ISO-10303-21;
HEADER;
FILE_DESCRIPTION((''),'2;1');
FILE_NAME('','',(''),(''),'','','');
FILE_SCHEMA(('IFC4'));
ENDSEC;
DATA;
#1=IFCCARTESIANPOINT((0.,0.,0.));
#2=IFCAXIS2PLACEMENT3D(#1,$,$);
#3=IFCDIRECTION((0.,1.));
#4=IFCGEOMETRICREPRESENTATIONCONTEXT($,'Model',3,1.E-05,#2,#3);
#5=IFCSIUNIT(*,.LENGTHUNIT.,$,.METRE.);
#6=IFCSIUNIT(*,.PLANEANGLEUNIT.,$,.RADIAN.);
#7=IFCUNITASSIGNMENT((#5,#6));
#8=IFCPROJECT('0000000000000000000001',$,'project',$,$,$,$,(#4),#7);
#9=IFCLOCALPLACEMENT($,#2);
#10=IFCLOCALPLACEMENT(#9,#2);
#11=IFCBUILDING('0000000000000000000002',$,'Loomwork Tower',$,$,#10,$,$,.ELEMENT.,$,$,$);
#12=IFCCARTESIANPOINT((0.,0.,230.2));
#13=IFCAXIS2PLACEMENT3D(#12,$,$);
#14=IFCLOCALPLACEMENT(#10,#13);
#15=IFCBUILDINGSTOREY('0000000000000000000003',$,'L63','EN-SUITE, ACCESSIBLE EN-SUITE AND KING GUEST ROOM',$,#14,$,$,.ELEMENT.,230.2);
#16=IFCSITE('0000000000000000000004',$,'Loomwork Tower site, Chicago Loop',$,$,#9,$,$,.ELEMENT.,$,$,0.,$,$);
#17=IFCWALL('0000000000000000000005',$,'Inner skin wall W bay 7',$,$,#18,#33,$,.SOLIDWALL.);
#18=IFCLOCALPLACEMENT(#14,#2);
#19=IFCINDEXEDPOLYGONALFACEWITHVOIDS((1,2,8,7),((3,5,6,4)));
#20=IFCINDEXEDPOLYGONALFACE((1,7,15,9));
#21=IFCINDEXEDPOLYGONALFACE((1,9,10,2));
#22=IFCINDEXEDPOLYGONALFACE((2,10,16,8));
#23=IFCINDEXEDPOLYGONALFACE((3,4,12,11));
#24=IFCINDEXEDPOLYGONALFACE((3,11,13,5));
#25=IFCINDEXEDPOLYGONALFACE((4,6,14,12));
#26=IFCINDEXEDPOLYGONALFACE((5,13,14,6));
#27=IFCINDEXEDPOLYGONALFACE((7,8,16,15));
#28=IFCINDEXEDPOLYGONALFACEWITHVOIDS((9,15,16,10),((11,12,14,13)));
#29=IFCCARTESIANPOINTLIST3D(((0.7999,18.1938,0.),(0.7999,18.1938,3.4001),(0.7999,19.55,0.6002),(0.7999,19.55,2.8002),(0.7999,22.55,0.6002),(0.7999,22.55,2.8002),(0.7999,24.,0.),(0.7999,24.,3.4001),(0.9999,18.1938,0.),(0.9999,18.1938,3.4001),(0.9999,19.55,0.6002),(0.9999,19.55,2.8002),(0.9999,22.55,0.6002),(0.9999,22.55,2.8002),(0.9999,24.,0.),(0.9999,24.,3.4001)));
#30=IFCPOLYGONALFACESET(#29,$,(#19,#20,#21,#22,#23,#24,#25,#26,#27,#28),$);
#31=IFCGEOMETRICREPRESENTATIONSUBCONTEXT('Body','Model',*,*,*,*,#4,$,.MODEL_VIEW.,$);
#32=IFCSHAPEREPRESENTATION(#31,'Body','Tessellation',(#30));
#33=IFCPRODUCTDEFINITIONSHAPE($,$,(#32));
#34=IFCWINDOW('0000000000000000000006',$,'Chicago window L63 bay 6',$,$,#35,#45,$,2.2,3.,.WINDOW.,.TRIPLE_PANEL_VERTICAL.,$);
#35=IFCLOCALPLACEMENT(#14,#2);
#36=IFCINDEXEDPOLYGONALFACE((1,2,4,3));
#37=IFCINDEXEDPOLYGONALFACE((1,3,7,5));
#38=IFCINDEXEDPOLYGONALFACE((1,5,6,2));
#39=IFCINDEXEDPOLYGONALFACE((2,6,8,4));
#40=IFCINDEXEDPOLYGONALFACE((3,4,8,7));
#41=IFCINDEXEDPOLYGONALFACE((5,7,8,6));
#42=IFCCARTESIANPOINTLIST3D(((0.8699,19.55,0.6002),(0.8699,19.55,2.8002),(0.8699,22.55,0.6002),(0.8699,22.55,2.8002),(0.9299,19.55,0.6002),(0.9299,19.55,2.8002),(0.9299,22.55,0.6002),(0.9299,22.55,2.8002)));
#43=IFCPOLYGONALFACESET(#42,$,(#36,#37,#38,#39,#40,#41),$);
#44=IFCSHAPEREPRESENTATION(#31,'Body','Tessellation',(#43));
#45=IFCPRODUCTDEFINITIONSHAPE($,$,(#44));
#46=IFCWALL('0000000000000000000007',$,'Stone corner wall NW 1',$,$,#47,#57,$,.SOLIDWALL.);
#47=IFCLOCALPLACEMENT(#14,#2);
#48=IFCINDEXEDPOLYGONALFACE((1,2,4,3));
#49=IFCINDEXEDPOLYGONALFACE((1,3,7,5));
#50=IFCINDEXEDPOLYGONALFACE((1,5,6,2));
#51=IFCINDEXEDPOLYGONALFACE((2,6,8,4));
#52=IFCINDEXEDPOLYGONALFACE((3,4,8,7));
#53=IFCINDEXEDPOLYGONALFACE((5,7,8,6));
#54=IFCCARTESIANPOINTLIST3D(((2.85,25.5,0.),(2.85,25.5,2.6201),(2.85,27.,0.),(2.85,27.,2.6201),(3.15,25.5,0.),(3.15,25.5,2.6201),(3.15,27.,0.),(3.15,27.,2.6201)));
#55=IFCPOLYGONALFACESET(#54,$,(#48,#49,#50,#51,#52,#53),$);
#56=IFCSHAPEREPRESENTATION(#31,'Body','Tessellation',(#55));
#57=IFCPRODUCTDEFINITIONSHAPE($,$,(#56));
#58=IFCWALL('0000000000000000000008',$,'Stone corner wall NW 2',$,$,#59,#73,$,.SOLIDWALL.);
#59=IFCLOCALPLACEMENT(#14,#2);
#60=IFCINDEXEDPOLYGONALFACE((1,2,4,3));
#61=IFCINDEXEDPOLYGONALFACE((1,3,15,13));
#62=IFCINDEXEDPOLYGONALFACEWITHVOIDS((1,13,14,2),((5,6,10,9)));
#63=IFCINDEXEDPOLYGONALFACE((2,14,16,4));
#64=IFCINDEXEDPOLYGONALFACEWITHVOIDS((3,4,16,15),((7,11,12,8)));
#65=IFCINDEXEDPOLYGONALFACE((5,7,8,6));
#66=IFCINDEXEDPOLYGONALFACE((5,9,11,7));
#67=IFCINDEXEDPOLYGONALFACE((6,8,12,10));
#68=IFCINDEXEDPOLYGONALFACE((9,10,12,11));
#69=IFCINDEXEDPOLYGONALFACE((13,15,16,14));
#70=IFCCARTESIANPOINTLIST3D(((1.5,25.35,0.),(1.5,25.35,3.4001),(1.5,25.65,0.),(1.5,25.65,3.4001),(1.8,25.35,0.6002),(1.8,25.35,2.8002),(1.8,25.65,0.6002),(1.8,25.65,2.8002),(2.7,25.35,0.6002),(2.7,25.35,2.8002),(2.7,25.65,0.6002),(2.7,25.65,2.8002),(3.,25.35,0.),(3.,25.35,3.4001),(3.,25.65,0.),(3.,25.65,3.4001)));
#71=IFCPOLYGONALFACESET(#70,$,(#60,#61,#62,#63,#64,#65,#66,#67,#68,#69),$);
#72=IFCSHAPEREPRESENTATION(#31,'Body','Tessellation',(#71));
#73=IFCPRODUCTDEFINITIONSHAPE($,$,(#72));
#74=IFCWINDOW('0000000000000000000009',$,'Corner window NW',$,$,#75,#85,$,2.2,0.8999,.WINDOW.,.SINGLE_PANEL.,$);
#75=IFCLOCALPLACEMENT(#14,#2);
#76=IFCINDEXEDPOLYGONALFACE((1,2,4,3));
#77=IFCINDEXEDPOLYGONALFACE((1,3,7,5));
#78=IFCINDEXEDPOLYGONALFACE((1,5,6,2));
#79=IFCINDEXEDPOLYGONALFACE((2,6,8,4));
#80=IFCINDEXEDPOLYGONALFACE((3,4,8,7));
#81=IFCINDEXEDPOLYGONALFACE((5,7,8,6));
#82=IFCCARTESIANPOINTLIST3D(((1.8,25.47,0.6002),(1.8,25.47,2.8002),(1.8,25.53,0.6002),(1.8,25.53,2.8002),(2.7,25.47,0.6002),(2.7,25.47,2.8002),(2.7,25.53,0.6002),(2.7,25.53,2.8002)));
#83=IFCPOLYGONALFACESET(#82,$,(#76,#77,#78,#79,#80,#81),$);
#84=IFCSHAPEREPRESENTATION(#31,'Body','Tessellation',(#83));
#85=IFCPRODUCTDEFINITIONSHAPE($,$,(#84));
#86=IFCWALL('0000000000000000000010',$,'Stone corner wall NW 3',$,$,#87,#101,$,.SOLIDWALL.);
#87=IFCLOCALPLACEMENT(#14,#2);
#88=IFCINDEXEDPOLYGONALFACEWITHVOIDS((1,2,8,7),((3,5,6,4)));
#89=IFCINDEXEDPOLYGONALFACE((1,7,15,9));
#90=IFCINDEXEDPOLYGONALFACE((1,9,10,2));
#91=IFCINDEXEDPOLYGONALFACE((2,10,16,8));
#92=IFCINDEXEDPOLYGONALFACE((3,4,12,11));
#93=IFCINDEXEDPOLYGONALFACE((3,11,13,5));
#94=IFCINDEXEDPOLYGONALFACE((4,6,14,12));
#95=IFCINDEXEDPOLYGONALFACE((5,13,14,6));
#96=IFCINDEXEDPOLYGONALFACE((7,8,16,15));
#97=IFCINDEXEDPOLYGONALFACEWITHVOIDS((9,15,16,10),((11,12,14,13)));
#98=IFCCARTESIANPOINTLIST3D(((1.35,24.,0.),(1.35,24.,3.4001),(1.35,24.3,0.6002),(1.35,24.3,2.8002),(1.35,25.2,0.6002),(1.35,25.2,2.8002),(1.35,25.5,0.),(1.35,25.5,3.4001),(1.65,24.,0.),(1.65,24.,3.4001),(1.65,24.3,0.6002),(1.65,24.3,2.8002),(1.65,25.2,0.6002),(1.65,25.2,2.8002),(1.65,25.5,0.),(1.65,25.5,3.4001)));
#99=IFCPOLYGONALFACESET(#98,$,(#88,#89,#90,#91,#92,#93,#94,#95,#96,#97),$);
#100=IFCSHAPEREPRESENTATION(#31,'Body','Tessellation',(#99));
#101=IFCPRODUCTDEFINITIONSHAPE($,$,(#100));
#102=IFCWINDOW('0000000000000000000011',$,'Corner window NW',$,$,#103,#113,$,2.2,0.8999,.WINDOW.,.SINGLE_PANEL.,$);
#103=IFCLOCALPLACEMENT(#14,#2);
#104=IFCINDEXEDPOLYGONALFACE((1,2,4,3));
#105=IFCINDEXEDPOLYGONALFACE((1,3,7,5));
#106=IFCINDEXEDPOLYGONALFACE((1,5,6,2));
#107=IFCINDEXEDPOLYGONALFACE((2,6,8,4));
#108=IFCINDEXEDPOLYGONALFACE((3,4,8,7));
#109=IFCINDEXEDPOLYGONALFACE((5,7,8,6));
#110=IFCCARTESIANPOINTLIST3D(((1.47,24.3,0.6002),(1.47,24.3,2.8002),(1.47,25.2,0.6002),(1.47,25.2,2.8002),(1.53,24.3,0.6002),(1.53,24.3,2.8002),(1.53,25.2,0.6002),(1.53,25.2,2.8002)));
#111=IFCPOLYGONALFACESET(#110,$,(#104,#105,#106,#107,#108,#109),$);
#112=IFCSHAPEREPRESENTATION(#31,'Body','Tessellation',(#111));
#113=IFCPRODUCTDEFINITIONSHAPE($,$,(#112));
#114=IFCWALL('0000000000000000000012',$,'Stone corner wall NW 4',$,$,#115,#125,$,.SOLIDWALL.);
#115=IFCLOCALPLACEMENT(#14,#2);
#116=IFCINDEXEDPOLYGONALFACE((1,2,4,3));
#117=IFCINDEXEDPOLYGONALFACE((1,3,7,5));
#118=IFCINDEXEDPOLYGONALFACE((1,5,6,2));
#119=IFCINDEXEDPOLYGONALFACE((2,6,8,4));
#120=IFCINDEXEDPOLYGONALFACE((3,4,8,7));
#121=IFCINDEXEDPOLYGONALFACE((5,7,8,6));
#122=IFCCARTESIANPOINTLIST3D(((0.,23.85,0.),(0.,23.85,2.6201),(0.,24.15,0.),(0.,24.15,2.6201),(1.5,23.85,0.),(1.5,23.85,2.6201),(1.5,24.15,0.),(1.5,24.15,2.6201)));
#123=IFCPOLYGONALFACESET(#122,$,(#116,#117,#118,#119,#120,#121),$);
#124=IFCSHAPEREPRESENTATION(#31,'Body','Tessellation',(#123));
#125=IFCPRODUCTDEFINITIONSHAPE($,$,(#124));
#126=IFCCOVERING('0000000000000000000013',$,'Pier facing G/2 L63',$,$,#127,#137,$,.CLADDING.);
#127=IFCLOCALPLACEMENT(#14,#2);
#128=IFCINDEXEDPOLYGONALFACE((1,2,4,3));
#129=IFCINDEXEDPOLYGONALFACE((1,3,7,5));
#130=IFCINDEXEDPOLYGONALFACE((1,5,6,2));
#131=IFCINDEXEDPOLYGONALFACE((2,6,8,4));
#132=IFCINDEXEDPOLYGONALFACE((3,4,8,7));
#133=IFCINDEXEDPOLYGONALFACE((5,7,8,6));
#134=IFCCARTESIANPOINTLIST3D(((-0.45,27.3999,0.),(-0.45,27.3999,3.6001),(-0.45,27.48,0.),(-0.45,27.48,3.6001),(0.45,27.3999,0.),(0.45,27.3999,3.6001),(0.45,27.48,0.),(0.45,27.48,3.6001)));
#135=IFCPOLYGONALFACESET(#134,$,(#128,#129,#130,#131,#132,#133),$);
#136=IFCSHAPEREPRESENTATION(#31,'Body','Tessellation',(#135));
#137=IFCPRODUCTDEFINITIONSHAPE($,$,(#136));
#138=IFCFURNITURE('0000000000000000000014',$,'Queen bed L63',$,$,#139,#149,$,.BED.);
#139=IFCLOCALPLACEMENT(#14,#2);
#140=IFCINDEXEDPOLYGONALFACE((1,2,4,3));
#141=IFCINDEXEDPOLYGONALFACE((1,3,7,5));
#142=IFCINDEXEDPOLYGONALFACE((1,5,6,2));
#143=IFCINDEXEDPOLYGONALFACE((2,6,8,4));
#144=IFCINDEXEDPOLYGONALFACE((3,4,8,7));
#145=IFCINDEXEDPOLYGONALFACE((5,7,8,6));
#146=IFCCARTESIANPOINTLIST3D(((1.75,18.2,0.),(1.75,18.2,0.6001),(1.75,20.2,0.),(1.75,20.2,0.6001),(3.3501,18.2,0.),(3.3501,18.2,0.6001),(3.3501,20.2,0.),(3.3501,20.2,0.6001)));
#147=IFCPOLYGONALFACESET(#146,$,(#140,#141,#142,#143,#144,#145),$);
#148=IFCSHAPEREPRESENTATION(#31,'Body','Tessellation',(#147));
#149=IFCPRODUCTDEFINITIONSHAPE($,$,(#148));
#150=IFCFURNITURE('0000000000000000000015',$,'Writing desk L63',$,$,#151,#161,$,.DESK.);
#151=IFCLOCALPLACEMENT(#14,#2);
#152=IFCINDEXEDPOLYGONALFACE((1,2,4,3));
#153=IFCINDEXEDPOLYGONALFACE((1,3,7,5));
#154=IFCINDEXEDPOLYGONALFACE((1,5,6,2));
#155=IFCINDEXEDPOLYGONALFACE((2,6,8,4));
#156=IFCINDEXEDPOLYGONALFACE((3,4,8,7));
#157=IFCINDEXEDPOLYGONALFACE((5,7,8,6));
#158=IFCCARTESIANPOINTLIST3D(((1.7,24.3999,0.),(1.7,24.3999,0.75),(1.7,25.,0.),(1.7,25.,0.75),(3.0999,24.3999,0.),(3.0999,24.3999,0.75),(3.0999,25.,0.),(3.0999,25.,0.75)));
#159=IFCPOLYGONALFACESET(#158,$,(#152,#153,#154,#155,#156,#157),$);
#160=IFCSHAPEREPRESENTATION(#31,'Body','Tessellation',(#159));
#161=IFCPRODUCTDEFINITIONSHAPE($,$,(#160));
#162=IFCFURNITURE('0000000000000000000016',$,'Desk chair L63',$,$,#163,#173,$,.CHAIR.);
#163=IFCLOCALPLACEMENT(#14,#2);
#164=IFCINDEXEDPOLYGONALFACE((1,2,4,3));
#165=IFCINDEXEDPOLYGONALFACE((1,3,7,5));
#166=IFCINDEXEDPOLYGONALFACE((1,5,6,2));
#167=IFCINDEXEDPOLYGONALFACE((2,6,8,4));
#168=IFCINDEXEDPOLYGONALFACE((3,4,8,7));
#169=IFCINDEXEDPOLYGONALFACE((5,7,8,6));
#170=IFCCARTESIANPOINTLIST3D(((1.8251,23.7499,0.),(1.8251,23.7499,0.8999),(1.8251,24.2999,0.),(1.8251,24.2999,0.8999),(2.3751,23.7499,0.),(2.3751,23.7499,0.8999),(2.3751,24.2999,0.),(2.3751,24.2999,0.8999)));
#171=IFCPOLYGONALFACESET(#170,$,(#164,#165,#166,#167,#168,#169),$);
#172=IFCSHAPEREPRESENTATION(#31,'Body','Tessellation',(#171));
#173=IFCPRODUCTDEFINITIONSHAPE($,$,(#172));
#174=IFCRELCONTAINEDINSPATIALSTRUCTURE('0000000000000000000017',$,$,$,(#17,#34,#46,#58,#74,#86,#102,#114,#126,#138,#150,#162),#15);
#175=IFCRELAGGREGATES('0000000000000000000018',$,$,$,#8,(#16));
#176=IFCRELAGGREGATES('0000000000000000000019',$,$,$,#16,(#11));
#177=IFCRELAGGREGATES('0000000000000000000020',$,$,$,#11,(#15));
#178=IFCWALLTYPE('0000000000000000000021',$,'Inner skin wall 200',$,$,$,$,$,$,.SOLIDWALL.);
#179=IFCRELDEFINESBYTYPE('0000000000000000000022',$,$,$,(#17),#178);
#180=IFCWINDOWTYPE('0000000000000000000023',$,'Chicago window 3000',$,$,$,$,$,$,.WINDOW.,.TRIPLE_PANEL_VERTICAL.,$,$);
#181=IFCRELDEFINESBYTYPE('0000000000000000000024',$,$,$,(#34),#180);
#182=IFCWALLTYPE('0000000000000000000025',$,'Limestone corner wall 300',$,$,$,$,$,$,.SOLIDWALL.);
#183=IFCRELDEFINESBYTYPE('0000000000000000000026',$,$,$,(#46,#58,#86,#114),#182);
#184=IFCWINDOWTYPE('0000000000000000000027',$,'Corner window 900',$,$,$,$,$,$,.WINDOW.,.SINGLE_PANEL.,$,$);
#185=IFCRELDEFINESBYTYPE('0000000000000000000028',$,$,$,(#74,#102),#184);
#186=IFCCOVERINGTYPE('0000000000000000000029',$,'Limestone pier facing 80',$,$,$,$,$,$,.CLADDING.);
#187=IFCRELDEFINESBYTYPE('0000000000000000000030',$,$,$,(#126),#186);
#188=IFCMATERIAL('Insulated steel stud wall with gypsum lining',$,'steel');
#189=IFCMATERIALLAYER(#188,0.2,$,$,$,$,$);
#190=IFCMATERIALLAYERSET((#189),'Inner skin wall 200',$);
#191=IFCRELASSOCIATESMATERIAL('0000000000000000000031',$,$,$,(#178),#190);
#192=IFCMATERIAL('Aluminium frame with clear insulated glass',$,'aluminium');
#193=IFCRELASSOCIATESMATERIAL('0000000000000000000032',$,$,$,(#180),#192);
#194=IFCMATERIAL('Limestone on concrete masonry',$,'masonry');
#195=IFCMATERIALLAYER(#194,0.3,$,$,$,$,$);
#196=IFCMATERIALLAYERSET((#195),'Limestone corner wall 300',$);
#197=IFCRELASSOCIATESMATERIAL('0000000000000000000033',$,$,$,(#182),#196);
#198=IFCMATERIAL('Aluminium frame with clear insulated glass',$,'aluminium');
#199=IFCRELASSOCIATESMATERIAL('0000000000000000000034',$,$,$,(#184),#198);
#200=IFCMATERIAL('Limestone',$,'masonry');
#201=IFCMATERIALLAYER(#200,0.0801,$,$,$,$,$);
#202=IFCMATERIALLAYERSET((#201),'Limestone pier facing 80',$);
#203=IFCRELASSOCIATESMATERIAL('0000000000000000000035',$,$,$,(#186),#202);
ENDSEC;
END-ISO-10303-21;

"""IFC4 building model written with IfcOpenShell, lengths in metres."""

from ifc_helpers import new_model, si_unit, direction, frame, frame_2d, origin, origin_2d, place, context, subcontext, project, spatial, rectangle, extrude, material, layer, layer_set, type_object, element, fill, save


model = new_model("IFC4")

# Units and contexts
model_context = context("Model", 3, precision=1e-05, world=origin(), true_north=direction((0.0, 1.0)))
body_context = subcontext(model_context, "Body", "Model", "MODEL_VIEW")
ifc_project = project(units=[si_unit("LENGTHUNIT", "METRE"), si_unit("PLANEANGLEUNIT", "RADIAN")], contexts=[model_context])

# Site, building, storey
site_placement = place(None, origin())
site = spatial("IfcSite", under=ifc_project, at=site_placement, Name="Loomwork Tower site, Chicago Loop", CompositionType="ELEMENT", RefElevation=0.0)
building_placement = place(site_placement, origin())
building = spatial("IfcBuilding", under=site, at=building_placement, Name="Loomwork Tower", CompositionType="ELEMENT")
storey_placement = place(building_placement, frame((0.0, 0.0, 230.2)))
storey = spatial("IfcBuildingStorey", under=building, at=storey_placement, Name="L63", Description="EN-SUITE, ACCESSIBLE EN-SUITE AND KING GUEST ROOM", CompositionType="ELEMENT", Elevation=230.2)

# Wall, opening, window
ifc_material_1 = material(Name="Insulated steel stud wall with gypsum lining", Category="steel")
ifc_layer_1 = layer(ifc_material_1, 0.2)
ifc_layer_set_1 = layer_set([ifc_layer_1], Name="Inner skin wall 200")
wall_type_1 = type_object("IfcWallType", Name="Inner skin wall 200", PredefinedType="SOLIDWALL", material=ifc_layer_set_1)
wall_1_placement = place(storey_placement, frame((0.8999, 18.1938, 0.0), z_axis=(0.0, 0.0, 1.0), x_axis=(0.0, 1.0, 0.0)))
wall_1 = element("IfcWall", 1, at=wall_1_placement, inside=storey, type_object=wall_type_1, Name="Inner skin wall W bay 7", PredefinedType="SOLIDWALL", context=body_context, shape_type="SweptSolid", body=[
    extrude(rectangle(XDim=5.8062, YDim=0.2, at=frame_2d((2.9031, 0.0))), origin(), (0.0, 0.0, 1.0), 3.4001),
])
opening_1_placement = place(wall_1_placement, frame((1.3562, 0.0, 0.6001)))
opening_1 = element("IfcOpeningElement", 2, at=opening_1_placement, cuts=wall_1, PredefinedType="OPENING", context=body_context, shape_type="SweptSolid", body=[
    extrude(rectangle(XDim=3.0, YDim=2.2, at=frame_2d((1.5, 1.1001))), frame((0.0, 0.1099, 0.0), z_axis=(0.0, -1.0, 0.0), x_axis=(1.0, 0.0, 0.0)), (0.0, 0.0, 1.0), 0.22),
])
ifc_material_2 = material(Name="Aluminium frame with clear insulated glass", Category="aluminium")
window_type_1 = type_object("IfcWindowType", Name="Chicago window 3000", PartitioningType="TRIPLE_PANEL_VERTICAL", PredefinedType="WINDOW", material=ifc_material_2)
window_1_placement = place(opening_1_placement, origin())
window_1 = element("IfcWindow", 3, at=window_1_placement, inside=storey, type_object=window_type_1, Name="Chicago window L63 bay 6", OverallHeight=2.2, OverallWidth=3.0, PartitioningType="TRIPLE_PANEL_VERTICAL", PredefinedType="WINDOW", context=body_context, shape_type="SweptSolid", body=[
    extrude(rectangle(XDim=3.0, YDim=2.2, at=frame_2d((1.5, 1.1001))), frame((0.0, 0.03, 0.0), z_axis=(0.0, -1.0, 0.0), x_axis=(1.0, 0.0, 0.0)), (0.0, 0.0, 1.0), 0.0601),
])
fill(opening_1, window_1)

# Wall
ifc_material_3 = material(Name="Limestone on concrete masonry", Category="masonry")
ifc_layer_2 = layer(ifc_material_3, 0.3)
ifc_layer_set_2 = layer_set([ifc_layer_2], Name="Limestone corner wall 300")
wall_type_2 = type_object("IfcWallType", Name="Limestone corner wall 300", PredefinedType="SOLIDWALL", material=ifc_layer_set_2)
wall_2_placement = place(storey_placement, frame((3.0, 27.0, 0.0), z_axis=(0.0, 0.0, 1.0), x_axis=(0.0, -1.0, 0.0)))
element("IfcWall", 4, at=wall_2_placement, inside=storey, type_object=wall_type_2, Name="Stone corner wall NW 1", PredefinedType="SOLIDWALL", context=body_context, shape_type="SweptSolid", body=[
    extrude(rectangle(XDim=1.5, YDim=0.3, at=frame_2d((0.75, 0.0))), origin(), (0.0, 0.0, 1.0), 2.6201),
])

# Walls, openings, windows
wall_3_placement = place(storey_placement, frame((3.0, 25.5, 0.0), z_axis=(0.0, 0.0, 1.0), x_axis=(-1.0, 0.0, 0.0)))
wall_3 = element("IfcWall", 5, at=wall_3_placement, inside=storey, type_object=wall_type_2, Name="Stone corner wall NW 2", PredefinedType="SOLIDWALL", context=body_context, shape_type="SweptSolid", body=[
    extrude(rectangle(XDim=1.5, YDim=0.3, at=frame_2d((0.75, 0.0))), origin(), (0.0, 0.0, 1.0), 3.4001),
])
opening_2_placement = place(wall_3_placement, frame((0.3, 0.0, 0.6001)))
opening_2 = element("IfcOpeningElement", 6, at=opening_2_placement, cuts=wall_3, PredefinedType="OPENING", context=body_context, shape_type="SweptSolid", body=[
    extrude(rectangle(XDim=0.8999, YDim=2.2, at=frame_2d((0.45, 1.1001))), frame((0.0, 0.1599, 0.0), z_axis=(0.0, -1.0, 0.0), x_axis=(1.0, 0.0, 0.0)), (0.0, 0.0, 1.0), 0.3201),
])
ifc_material_4 = material(Name="Aluminium frame with clear insulated glass", Category="aluminium")
window_type_2 = type_object("IfcWindowType", Name="Corner window 900", PartitioningType="SINGLE_PANEL", PredefinedType="WINDOW", material=ifc_material_4)
window_2_placement = place(opening_2_placement, origin())
window_2 = element("IfcWindow", 7, at=window_2_placement, inside=storey, type_object=window_type_2, Name="Corner window NW", OverallHeight=2.2, OverallWidth=0.8999, PartitioningType="SINGLE_PANEL", PredefinedType="WINDOW", context=body_context, shape_type="SweptSolid", body=[
    extrude(rectangle(XDim=0.8999, YDim=2.2, at=frame_2d((0.45, 1.1001))), frame((0.0, 0.03, 0.0), z_axis=(0.0, -1.0, 0.0), x_axis=(1.0, 0.0, 0.0)), (0.0, 0.0, 1.0), 0.0601),
])
fill(opening_2, window_2)
wall_4_placement = place(storey_placement, frame((1.5, 25.5, 0.0), z_axis=(0.0, 0.0, 1.0), x_axis=(0.0, -1.0, 0.0)))
wall_4 = element("IfcWall", 8, at=wall_4_placement, inside=storey, type_object=wall_type_2, Name="Stone corner wall NW 3", PredefinedType="SOLIDWALL", context=body_context, shape_type="SweptSolid", body=[
    extrude(rectangle(XDim=1.5, YDim=0.3, at=frame_2d((0.75, 0.0))), origin(), (0.0, 0.0, 1.0), 3.4001),
])
opening_3_placement = place(wall_4_placement, frame((0.3, 0.0, 0.6001)))
opening_3 = element("IfcOpeningElement", 9, at=opening_3_placement, cuts=wall_4, PredefinedType="OPENING", context=body_context, shape_type="SweptSolid", body=[
    extrude(rectangle(XDim=0.8999, YDim=2.2, at=frame_2d((0.45, 1.1001))), frame((0.0, 0.1599, 0.0), z_axis=(0.0, -1.0, 0.0), x_axis=(1.0, 0.0, 0.0)), (0.0, 0.0, 1.0), 0.3201),
])
window_3_placement = place(opening_3_placement, origin())
window_3 = element("IfcWindow", 10, at=window_3_placement, inside=storey, type_object=window_type_2, Name="Corner window NW", OverallHeight=2.2, OverallWidth=0.8999, PartitioningType="SINGLE_PANEL", PredefinedType="WINDOW", context=body_context, shape_type="SweptSolid", body=[
    extrude(rectangle(XDim=0.8999, YDim=2.2, at=frame_2d((0.45, 1.1001))), frame((0.0, 0.03, 0.0), z_axis=(0.0, -1.0, 0.0), x_axis=(1.0, 0.0, 0.0)), (0.0, 0.0, 1.0), 0.0601),
])
fill(opening_3, window_3)

# Wall
wall_5_placement = place(storey_placement, frame((1.5, 24.0, 0.0), z_axis=(0.0, 0.0, 1.0), x_axis=(-1.0, 0.0, 0.0)))
element("IfcWall", 11, at=wall_5_placement, inside=storey, type_object=wall_type_2, Name="Stone corner wall NW 4", PredefinedType="SOLIDWALL", context=body_context, shape_type="SweptSolid", body=[
    extrude(rectangle(XDim=1.5, YDim=0.3, at=frame_2d((0.75, 0.0))), origin(), (0.0, 0.0, 1.0), 2.6201),
])

# Covering
ifc_material_5 = material(Name="Limestone", Category="masonry")
ifc_layer_3 = layer(ifc_material_5, 0.0801)
ifc_layer_set_3 = layer_set([ifc_layer_3], Name="Limestone pier facing 80")
covering_type = type_object("IfcCoveringType", Name="Limestone pier facing 80", PredefinedType="CLADDING", material=ifc_layer_set_3)
covering_placement = place(storey_placement, frame((0.0, 27.4399, 0.0), z_axis=(0.0, 0.0, 1.0), x_axis=(1.0, 0.0, 0.0)))
element("IfcCovering", 12, at=covering_placement, inside=storey, type_object=covering_type, Name="Pier facing G/2 L63", PredefinedType="CLADDING", context=body_context, shape_type="SweptSolid", body=[
    extrude(rectangle(XDim=0.8999, YDim=0.0801, at=origin_2d()), origin(), (0.0, 0.0, 1.0), 3.6001),
])

# Furniture
furniture_1_placement = place(storey_placement, frame((2.55, 19.2, 0.0), z_axis=(0.0, 0.0, 1.0), x_axis=(1.0, 0.0, 0.0)))
element("IfcFurniture", 13, at=furniture_1_placement, inside=storey, Name="Queen bed L63", PredefinedType="BED", context=body_context, shape_type="SweptSolid", body=[
    extrude(rectangle(XDim=1.6001, YDim=2.0, at=origin_2d()), origin(), (0.0, 0.0, 1.0), 0.6001),
])
furniture_2_placement = place(storey_placement, frame((2.3999, 24.7, 0.0), z_axis=(0.0, 0.0, 1.0), x_axis=(1.0, 0.0, 0.0)))
element("IfcFurniture", 14, at=furniture_2_placement, inside=storey, Name="Writing desk L63", PredefinedType="DESK", context=body_context, shape_type="SweptSolid", body=[
    extrude(rectangle(XDim=1.3999, YDim=0.6001, at=origin_2d()), origin(), (0.0, 0.0, 1.0), 0.75),
])
furniture_3_placement = place(storey_placement, frame((2.1001, 24.0249, 0.0), z_axis=(0.0, 0.0, 1.0), x_axis=(1.0, 0.0, 0.0)))
element("IfcFurniture", 15, at=furniture_3_placement, inside=storey, Name="Desk chair L63", PredefinedType="CHAIR", context=body_context, shape_type="SweptSolid", body=[
    extrude(rectangle(XDim=0.55, YDim=0.55, at=origin_2d()), origin(), (0.0, 0.0, 1.0), 0.8999),
])

save(model, "model.ifc")
